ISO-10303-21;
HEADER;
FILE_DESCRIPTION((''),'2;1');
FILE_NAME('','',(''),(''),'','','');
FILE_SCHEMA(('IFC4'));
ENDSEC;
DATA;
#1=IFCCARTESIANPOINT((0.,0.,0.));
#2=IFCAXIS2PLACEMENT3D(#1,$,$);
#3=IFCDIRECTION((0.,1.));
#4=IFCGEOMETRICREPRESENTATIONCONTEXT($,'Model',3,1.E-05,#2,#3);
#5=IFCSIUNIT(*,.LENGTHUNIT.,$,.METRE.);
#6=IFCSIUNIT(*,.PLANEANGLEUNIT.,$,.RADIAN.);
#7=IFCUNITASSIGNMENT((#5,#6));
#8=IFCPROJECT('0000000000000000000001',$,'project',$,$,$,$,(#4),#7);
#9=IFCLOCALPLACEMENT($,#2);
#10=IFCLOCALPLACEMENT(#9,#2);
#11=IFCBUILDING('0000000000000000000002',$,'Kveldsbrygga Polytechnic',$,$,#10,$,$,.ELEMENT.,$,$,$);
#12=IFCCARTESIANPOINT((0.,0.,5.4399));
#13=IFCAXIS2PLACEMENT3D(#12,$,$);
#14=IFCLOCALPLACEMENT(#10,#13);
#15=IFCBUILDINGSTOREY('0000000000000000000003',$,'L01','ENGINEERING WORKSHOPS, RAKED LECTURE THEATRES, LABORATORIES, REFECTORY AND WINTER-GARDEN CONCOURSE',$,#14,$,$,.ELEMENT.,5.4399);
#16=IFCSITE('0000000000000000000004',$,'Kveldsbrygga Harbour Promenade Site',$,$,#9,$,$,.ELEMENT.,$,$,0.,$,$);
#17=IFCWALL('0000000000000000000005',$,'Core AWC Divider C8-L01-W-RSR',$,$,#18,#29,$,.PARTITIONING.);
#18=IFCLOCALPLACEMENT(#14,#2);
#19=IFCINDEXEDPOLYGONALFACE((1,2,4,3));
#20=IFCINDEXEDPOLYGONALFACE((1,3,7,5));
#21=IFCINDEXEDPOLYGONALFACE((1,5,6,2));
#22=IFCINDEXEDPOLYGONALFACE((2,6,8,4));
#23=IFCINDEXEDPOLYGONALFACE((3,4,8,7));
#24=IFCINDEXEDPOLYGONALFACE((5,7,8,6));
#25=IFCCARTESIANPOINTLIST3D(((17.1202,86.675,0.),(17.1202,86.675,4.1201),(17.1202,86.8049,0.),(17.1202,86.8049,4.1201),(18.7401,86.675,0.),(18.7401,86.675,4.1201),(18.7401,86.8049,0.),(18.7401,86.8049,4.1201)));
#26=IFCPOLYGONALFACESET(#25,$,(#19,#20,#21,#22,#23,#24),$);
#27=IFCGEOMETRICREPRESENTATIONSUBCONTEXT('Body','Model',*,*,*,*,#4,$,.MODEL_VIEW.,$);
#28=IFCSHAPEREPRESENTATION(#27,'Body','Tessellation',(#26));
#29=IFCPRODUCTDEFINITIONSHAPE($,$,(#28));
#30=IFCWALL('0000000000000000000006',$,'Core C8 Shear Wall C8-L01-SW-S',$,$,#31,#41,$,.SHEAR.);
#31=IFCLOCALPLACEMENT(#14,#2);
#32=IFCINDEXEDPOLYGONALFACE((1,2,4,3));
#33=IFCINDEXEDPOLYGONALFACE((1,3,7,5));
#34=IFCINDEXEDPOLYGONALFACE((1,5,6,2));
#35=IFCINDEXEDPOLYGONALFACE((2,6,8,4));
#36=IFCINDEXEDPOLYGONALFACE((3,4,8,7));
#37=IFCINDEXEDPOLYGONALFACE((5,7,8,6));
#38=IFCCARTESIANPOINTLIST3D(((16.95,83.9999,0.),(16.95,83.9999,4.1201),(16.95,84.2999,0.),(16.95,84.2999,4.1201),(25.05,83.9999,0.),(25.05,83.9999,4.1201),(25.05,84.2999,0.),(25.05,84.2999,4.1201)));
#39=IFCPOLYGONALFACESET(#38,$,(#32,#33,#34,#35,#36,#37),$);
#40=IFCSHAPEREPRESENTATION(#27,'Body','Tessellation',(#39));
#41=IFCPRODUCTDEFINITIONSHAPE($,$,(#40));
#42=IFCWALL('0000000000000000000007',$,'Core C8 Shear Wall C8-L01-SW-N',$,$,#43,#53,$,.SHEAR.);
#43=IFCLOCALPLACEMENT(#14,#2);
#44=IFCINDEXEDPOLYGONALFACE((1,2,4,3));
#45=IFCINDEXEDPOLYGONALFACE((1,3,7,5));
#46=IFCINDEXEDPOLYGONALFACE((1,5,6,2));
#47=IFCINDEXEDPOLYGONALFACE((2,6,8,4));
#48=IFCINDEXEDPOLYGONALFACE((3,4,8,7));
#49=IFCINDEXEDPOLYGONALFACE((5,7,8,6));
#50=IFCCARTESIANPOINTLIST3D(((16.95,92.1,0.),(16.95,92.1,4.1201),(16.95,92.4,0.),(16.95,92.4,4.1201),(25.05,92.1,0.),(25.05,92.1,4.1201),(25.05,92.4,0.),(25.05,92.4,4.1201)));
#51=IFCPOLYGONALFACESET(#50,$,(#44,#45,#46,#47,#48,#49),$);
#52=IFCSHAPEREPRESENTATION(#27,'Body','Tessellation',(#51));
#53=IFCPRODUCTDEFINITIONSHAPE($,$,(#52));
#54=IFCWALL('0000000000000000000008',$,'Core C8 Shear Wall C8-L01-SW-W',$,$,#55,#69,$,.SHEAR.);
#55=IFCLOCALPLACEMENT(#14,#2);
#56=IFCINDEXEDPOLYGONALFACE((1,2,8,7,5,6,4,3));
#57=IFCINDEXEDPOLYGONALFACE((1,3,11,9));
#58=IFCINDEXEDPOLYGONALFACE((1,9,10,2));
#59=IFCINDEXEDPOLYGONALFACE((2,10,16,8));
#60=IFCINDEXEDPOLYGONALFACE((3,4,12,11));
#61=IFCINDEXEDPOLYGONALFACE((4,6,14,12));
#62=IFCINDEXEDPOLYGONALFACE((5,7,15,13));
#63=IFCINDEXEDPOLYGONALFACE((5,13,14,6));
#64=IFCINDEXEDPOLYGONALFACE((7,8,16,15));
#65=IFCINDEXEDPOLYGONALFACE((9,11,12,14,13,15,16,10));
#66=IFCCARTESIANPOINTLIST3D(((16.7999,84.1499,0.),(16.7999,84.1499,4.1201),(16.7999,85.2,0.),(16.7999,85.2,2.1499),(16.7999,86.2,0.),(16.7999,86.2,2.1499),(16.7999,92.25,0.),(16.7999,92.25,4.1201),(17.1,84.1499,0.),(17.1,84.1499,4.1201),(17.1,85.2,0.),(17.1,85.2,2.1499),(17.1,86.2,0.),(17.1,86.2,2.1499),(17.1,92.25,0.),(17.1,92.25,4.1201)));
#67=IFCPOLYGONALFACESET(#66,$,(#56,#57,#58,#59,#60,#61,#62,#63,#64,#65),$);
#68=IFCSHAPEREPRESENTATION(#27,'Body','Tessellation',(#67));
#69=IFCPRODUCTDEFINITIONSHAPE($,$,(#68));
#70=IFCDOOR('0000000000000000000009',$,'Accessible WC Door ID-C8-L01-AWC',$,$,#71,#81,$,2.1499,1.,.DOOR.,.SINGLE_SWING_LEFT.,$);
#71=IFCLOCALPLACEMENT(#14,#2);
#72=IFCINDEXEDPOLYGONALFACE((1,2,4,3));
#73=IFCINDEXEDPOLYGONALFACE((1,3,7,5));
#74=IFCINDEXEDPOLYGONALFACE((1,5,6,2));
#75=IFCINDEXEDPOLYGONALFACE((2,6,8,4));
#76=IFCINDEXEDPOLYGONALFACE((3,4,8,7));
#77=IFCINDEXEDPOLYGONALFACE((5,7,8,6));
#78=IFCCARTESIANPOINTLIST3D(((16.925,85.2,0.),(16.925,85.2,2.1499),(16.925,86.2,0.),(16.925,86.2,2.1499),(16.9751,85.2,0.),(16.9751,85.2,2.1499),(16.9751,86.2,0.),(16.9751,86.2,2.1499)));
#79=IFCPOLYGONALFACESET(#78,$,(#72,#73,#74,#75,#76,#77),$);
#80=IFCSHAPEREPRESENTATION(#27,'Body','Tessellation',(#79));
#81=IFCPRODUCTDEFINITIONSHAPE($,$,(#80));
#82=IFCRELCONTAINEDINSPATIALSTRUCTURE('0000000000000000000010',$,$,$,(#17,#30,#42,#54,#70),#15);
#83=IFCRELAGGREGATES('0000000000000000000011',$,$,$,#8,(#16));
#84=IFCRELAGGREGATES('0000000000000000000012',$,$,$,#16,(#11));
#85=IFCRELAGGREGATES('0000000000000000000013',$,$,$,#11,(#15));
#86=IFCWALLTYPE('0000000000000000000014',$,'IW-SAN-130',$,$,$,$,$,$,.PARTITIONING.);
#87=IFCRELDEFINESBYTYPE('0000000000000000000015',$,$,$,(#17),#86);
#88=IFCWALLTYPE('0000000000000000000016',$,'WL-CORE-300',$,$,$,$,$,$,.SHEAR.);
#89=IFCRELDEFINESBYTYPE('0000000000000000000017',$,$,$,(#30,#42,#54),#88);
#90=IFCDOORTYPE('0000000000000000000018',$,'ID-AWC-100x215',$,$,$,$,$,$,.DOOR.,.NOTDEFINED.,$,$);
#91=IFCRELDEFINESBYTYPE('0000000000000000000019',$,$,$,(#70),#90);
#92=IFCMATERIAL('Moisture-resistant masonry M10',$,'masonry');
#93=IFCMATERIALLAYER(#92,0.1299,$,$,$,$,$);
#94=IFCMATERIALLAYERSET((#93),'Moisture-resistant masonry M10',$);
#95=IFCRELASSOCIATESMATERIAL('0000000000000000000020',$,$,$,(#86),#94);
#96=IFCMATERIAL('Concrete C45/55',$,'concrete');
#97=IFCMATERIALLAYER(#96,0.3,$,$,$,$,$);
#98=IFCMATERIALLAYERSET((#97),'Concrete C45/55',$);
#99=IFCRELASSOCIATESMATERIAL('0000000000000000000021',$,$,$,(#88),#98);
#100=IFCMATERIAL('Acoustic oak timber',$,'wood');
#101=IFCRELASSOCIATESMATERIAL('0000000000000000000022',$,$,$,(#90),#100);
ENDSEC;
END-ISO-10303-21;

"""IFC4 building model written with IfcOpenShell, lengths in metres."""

from ifc_helpers import new_model, si_unit, direction, frame, frame_2d, origin, place, context, subcontext, project, spatial, rectangle, extrude, material, layer, layer_set, type_object, element, fill, save


model = new_model("IFC4")

# Units and contexts
model_context = context("Model", 3, precision=1e-05, world=origin(), true_north=direction((0.0, 1.0)))
body_context = subcontext(model_context, "Body", "Model", "MODEL_VIEW")
ifc_project = project(units=[si_unit("LENGTHUNIT", "METRE"), si_unit("PLANEANGLEUNIT", "RADIAN")], contexts=[model_context])

# Site, building, storey
site_placement = place(None, origin())
site = spatial("IfcSite", under=ifc_project, at=site_placement, Name="Kveldsbrygga Harbour Promenade Site", CompositionType="ELEMENT", RefElevation=0.0)
building_placement = place(site_placement, origin())
building = spatial("IfcBuilding", under=site, at=building_placement, Name="Kveldsbrygga Polytechnic", CompositionType="ELEMENT")
storey_placement = place(building_placement, frame((0.0, 0.0, 5.4399)))
storey = spatial("IfcBuildingStorey", under=building, at=storey_placement, Name="L01", Description="ENGINEERING WORKSHOPS, RAKED LECTURE THEATRES, LABORATORIES, REFECTORY AND WINTER-GARDEN CONCOURSE", CompositionType="ELEMENT", Elevation=5.4399)

# Shared definitions
ifc_material_1 = material(Name="Concrete C45/55", Category="concrete")

# Walls
ifc_material_2 = material(Name="Moisture-resistant masonry M10", Category="masonry")
ifc_layer_1 = layer(ifc_material_2, 0.1299)
ifc_layer_set_1 = layer_set([ifc_layer_1], Name="Moisture-resistant masonry M10")
wall_type_1 = type_object("IfcWallType", Name="IW-SAN-130", PredefinedType="PARTITIONING", material=ifc_layer_set_1)
wall_1_placement = place(storey_placement, frame((17.1201, 86.74, 0.0), z_axis=(0.0, 0.0, 1.0), x_axis=(1.0, 0.0, 0.0)))
element("IfcWall", 1, at=wall_1_placement, inside=storey, type_object=wall_type_1, Name="Core AWC Divider C8-L01-W-RSR", PredefinedType="PARTITIONING", context=body_context, shape_type="SweptSolid", body=[
    extrude(rectangle(XDim=1.6199, YDim=0.1299, at=frame_2d((0.8101, 0.0))), origin(), (0.0, 0.0, 1.0), 4.1201),
])
ifc_layer_2 = layer(ifc_material_1, 0.3)
ifc_layer_set_2 = layer_set([ifc_layer_2], Name="Concrete C45/55")
wall_type_2 = type_object("IfcWallType", Name="WL-CORE-300", PredefinedType="SHEAR", material=ifc_layer_set_2)
for number, where, z_axis, x_axis, name in (
    (2, (16.95, 84.1499, 0.0), (0.0, 0.0, 1.0), (1.0, 0.0, 0.0), "Core C8 Shear Wall C8-L01-SW-S"),
    (3, (16.95, 92.25, 0.0), (0.0, 0.0, 1.0), (1.0, 0.0, 0.0), "Core C8 Shear Wall C8-L01-SW-N"),
):
    element("IfcWall", number, at=place(storey_placement, frame(where, z_axis=z_axis, x_axis=x_axis)), inside=storey, type_object=wall_type_2, Name=name, PredefinedType="SHEAR", context=body_context, shape_type="SweptSolid", body=[
        extrude(rectangle(XDim=8.1001, YDim=0.3, at=frame_2d((4.05, 0.0))), origin(), (0.0, 0.0, 1.0), 4.1201),
    ])

# Wall, opening, door
wall_2_placement = place(storey_placement, frame((16.95, 84.1499, 0.0), z_axis=(0.0, 0.0, 1.0), x_axis=(0.0, 1.0, 0.0)))
wall_2 = element("IfcWall", 4, at=wall_2_placement, inside=storey, type_object=wall_type_2, Name="Core C8 Shear Wall C8-L01-SW-W", PredefinedType="SHEAR", context=body_context, shape_type="SweptSolid", body=[
    extrude(rectangle(XDim=8.1001, YDim=0.3, at=frame_2d((4.05, 0.0))), origin(), (0.0, 0.0, 1.0), 4.1201),
])
opening_1_placement = place(wall_2_placement, frame((1.05, 0.0, 0.0)))
opening_1 = element("IfcOpeningElement", 5, at=opening_1_placement, cuts=wall_2, PredefinedType="OPENING", context=body_context, shape_type="SweptSolid", body=[
    extrude(rectangle(XDim=1.0, YDim=2.1499, at=frame_2d((0.5, 1.075))), frame((0.0, 0.1602, 0.0), z_axis=(0.0, -1.0, 0.0), x_axis=(1.0, 0.0, 0.0)), (0.0, 0.0, 1.0), 0.3201),
])
ifc_material_3 = material(Name="Acoustic oak timber", Category="wood")
door_type_1 = type_object("IfcDoorType", Name="ID-AWC-100x215", OperationType="NOTDEFINED", PredefinedType="DOOR", material=ifc_material_3)
door_1_placement = place(opening_1_placement, origin())
door_1 = element("IfcDoor", 6, at=door_1_placement, inside=storey, type_object=door_type_1, Name="Accessible WC Door ID-C8-L01-AWC", OperationType="SINGLE_SWING_LEFT", OverallHeight=2.1499, OverallWidth=1.0, PredefinedType="DOOR", context=body_context, shape_type="SweptSolid", body=[
    extrude(rectangle(XDim=1.0, YDim=2.1499, at=frame_2d((0.5, 1.075))), frame((0.0, 0.0249, 0.0), z_axis=(0.0, -1.0, 0.0), x_axis=(1.0, 0.0, 0.0)), (0.0, 0.0, 1.0), 0.05),
])
fill(opening_1, door_1)

save(model, "model.ifc")
